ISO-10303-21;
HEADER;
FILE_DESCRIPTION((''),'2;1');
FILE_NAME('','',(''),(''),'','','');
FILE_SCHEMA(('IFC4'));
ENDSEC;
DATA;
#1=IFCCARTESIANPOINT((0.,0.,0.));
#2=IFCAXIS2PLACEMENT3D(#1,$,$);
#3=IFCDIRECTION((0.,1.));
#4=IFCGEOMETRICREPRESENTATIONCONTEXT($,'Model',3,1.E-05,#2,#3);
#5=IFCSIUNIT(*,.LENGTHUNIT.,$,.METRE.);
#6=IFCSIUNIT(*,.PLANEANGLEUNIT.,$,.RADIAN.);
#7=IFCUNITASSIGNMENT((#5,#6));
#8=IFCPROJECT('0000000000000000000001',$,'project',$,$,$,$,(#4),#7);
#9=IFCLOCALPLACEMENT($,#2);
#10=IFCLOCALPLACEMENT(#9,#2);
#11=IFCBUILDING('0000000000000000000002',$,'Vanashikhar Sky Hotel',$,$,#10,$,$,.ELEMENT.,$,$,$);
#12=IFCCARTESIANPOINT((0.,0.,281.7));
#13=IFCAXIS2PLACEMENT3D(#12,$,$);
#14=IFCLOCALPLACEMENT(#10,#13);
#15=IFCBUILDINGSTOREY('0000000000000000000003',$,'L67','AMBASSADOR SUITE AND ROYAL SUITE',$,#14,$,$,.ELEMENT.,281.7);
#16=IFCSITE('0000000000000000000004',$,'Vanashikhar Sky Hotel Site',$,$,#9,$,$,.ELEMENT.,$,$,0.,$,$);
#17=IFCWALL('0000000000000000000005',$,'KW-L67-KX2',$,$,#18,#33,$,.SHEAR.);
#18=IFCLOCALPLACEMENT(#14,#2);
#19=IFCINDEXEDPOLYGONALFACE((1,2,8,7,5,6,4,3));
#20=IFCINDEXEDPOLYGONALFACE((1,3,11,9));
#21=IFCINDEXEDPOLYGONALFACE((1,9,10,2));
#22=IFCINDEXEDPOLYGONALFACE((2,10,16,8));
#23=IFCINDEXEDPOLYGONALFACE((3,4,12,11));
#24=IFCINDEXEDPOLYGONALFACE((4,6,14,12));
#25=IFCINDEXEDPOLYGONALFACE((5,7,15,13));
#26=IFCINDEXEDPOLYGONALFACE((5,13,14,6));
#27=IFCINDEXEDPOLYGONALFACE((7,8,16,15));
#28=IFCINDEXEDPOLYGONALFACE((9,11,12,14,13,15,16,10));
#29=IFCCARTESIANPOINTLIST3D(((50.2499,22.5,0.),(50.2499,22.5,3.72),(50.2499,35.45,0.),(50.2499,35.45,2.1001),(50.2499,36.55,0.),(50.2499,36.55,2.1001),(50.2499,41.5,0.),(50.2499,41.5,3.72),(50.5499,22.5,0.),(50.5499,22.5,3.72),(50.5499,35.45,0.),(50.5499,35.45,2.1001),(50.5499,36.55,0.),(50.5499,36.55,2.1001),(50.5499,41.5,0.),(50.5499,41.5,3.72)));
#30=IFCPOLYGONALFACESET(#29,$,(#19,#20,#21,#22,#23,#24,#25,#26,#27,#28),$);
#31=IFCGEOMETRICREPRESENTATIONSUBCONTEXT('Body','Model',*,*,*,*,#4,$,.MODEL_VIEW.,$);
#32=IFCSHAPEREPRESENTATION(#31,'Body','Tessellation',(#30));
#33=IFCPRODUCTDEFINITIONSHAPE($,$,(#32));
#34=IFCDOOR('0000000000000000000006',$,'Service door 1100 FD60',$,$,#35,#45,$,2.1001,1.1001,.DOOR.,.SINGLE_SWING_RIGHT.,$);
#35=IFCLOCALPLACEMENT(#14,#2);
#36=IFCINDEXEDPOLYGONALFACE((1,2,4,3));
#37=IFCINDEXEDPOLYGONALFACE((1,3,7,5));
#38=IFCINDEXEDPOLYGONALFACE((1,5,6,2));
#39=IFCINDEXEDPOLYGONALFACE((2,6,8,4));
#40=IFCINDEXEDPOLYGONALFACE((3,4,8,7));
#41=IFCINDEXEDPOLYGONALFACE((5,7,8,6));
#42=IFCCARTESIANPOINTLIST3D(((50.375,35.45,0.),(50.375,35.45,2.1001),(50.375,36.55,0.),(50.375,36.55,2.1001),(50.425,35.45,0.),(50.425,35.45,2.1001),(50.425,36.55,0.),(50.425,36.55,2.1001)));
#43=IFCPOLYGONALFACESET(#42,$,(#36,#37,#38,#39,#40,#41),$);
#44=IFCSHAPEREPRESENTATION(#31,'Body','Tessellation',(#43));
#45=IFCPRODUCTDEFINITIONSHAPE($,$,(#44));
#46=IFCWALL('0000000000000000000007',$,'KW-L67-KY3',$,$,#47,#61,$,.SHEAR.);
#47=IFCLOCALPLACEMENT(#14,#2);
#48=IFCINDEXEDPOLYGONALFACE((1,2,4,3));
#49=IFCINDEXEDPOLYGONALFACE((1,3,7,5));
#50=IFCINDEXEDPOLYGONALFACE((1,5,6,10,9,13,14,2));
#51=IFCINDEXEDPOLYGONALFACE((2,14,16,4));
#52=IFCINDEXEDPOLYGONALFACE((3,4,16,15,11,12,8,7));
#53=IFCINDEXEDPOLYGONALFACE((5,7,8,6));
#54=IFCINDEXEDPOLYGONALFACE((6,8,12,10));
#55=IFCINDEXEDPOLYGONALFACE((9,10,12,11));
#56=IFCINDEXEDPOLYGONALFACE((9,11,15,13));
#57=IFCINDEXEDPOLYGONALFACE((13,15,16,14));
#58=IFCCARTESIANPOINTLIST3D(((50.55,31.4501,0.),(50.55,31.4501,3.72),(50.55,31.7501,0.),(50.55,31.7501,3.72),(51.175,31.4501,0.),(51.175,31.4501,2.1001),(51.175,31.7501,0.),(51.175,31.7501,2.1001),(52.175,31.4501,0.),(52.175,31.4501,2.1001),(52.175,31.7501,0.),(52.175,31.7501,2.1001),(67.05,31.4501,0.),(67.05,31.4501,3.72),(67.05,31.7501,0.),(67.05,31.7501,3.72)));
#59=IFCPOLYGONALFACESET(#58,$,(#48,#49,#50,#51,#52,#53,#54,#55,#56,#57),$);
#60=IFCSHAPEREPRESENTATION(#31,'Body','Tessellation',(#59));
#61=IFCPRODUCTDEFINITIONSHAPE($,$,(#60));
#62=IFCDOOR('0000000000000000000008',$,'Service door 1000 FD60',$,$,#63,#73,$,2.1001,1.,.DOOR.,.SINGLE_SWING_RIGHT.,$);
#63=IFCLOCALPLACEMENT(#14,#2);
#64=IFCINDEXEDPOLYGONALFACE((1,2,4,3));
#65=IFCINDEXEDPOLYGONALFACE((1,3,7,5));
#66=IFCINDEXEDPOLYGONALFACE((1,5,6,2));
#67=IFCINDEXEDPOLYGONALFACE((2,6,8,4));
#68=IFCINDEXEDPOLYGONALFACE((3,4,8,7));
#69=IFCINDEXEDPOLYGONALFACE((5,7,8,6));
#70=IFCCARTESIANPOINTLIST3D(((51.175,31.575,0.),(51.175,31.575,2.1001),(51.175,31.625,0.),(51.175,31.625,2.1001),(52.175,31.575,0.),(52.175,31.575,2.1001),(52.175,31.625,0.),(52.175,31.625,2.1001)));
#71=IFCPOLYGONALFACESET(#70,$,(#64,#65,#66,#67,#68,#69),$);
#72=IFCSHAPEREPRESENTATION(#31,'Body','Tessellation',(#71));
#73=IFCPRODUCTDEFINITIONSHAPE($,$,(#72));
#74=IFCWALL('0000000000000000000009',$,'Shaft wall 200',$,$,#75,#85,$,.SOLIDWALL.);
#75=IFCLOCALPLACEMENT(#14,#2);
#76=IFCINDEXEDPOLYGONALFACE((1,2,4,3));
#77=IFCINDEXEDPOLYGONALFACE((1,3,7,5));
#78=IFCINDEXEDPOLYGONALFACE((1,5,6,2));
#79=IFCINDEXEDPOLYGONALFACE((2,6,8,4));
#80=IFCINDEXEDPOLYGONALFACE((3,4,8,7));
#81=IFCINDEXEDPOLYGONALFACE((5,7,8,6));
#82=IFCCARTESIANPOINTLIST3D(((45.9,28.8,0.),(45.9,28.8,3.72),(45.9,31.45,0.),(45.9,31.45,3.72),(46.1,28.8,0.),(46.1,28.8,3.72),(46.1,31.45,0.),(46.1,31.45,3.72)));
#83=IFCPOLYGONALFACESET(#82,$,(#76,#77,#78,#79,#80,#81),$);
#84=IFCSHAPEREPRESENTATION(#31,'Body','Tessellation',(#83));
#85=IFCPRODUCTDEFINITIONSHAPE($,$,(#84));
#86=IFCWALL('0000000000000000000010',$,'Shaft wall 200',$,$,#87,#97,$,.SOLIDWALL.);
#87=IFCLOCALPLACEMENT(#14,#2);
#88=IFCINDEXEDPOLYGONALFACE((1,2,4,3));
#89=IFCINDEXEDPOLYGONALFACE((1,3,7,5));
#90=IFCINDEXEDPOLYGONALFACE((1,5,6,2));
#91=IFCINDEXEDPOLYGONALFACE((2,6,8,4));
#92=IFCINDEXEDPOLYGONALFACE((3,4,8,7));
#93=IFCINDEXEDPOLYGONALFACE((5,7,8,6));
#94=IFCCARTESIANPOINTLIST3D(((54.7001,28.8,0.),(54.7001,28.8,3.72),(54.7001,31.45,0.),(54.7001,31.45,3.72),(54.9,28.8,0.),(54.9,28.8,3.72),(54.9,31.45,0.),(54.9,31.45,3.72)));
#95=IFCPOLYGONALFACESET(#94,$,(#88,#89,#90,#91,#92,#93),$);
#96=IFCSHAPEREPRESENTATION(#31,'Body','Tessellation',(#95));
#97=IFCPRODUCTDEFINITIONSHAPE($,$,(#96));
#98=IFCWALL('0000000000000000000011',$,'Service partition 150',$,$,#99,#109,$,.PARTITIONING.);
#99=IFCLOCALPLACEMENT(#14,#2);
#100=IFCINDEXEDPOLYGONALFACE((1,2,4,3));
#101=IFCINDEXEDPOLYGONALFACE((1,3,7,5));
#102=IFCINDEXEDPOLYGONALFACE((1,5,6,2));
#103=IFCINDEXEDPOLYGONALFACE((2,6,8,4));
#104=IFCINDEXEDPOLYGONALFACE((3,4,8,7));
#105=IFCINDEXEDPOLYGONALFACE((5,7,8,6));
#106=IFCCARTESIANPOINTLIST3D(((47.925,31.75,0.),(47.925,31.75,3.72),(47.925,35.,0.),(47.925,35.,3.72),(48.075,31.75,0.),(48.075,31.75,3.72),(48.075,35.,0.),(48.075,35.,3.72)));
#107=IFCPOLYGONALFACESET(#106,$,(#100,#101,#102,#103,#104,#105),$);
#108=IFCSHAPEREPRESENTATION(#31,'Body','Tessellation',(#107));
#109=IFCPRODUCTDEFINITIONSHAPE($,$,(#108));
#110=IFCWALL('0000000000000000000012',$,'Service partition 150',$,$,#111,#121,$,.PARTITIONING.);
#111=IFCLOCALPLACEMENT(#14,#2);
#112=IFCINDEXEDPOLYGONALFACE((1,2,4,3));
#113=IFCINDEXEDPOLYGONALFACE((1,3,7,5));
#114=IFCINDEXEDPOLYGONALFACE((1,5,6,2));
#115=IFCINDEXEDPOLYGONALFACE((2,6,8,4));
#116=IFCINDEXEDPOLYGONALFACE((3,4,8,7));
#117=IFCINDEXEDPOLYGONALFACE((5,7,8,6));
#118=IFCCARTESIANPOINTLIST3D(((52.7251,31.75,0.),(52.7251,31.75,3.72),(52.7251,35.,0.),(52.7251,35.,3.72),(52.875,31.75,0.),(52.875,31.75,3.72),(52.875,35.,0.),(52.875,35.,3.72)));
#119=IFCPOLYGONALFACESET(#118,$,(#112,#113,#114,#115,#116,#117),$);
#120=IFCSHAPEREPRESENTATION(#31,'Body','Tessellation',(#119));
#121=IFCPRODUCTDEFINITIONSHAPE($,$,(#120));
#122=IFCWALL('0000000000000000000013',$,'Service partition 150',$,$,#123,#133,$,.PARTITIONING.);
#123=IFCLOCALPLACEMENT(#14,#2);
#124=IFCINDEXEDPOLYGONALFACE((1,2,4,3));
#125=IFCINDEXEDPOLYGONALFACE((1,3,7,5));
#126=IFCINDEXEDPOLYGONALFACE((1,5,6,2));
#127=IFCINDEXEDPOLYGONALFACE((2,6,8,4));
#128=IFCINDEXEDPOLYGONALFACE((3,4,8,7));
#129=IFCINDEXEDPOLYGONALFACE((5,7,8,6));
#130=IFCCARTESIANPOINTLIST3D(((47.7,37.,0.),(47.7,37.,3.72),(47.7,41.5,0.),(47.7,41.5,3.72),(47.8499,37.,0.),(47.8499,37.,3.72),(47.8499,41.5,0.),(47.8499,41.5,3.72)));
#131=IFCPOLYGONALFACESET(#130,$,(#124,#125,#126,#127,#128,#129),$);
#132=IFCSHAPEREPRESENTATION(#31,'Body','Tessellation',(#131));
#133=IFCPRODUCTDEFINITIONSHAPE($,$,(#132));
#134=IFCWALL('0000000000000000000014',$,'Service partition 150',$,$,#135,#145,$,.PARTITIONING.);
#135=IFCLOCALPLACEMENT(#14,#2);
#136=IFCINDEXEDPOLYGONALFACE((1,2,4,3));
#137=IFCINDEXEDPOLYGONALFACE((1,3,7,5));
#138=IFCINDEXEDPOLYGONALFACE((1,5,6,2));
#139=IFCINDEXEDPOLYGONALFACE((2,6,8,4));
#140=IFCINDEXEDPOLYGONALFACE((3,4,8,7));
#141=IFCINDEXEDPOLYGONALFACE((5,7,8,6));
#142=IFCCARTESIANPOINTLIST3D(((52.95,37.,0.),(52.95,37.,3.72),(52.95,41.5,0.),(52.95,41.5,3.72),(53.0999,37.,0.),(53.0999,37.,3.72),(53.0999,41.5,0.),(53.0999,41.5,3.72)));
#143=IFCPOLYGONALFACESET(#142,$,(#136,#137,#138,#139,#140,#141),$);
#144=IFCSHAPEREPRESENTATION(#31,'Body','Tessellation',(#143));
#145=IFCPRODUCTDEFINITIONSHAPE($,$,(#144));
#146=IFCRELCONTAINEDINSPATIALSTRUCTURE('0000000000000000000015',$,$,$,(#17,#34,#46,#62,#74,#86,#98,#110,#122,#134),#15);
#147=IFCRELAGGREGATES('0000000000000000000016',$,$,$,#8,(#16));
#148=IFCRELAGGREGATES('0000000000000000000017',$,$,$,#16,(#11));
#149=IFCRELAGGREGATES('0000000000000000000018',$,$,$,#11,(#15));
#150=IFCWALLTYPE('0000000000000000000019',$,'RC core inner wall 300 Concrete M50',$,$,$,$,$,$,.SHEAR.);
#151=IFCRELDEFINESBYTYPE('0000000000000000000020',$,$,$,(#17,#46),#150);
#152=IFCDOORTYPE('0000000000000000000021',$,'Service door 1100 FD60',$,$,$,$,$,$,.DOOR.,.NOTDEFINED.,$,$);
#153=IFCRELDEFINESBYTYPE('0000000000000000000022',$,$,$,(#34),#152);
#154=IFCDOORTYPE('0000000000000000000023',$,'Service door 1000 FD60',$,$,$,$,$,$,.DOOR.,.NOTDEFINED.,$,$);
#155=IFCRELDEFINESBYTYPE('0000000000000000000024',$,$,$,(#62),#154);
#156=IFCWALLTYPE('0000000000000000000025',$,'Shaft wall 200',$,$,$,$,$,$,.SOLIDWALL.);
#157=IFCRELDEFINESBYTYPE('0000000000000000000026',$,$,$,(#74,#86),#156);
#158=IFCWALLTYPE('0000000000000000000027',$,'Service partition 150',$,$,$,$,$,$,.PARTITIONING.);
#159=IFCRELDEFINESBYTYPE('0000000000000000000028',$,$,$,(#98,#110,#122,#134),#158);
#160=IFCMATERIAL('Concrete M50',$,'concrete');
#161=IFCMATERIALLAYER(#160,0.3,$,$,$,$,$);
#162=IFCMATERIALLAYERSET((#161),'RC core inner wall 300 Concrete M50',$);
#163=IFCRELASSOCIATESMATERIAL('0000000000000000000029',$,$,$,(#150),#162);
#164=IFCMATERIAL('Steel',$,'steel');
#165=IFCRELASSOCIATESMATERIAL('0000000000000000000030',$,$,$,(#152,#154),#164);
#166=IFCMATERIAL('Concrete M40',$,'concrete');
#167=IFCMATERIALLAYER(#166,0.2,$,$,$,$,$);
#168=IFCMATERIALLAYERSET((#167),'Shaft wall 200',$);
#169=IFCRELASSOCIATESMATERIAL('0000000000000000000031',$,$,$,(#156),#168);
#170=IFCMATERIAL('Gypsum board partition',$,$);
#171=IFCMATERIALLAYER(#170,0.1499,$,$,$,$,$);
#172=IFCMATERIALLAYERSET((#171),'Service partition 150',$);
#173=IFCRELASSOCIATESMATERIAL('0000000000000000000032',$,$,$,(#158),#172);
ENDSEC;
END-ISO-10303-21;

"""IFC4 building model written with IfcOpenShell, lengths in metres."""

from ifc_helpers import new_model, si_unit, direction, frame, frame_2d, origin, place, context, subcontext, project, spatial, rectangle, extrude, source, transform, mapped, material, layer, layer_set, type_object, element, fill, save


model = new_model("IFC4")

# Units and contexts
model_context = context("Model", 3, precision=1e-05, world=origin(), true_north=direction((0.0, 1.0)))
body_context = subcontext(model_context, "Body", "Model", "MODEL_VIEW")
ifc_project = project(units=[si_unit("LENGTHUNIT", "METRE"), si_unit("PLANEANGLEUNIT", "RADIAN")], contexts=[model_context])

# Site, building, storey
site_placement = place(None, origin())
site = spatial("IfcSite", under=ifc_project, at=site_placement, Name="Vanashikhar Sky Hotel Site", CompositionType="ELEMENT", RefElevation=0.0)
building_placement = place(site_placement, origin())
building = spatial("IfcBuilding", under=site, at=building_placement, Name="Vanashikhar Sky Hotel", CompositionType="ELEMENT")
storey_placement = place(building_placement, frame((0.0, 0.0, 281.7)))
storey = spatial("IfcBuildingStorey", under=building, at=storey_placement, Name="L67", Description="AMBASSADOR SUITE AND ROYAL SUITE", CompositionType="ELEMENT", Elevation=281.7)

# Walls, openings, doors
ifc_material_1 = material(Name="Concrete M50", Category="concrete")
ifc_layer_1 = layer(ifc_material_1, 0.3)
ifc_layer_set_1 = layer_set([ifc_layer_1], Name="RC core inner wall 300 Concrete M50")
wall_type_1 = type_object("IfcWallType", Name="RC core inner wall 300 Concrete M50", PredefinedType="SHEAR", material=ifc_layer_set_1)
shared_shape_1 = source(origin(), body_context, "Body", "SweptSolid", [
    extrude(rectangle(XDim=19.0, YDim=0.3, at=frame_2d((9.5, 0.0))), origin(), (0.0, 0.0, 1.0), 3.72),
])
wall_1_placement = place(storey_placement, frame((50.3999, 22.5, 0.0), z_axis=(0.0, 0.0, 1.0), x_axis=(0.0, 1.0, 0.0)))
wall_1 = element("IfcWall", 1, at=wall_1_placement, inside=storey, type_object=wall_type_1, Name="KW-L67-KX2", PredefinedType="SHEAR", context=body_context, shape_type="MappedRepresentation", body=[
    mapped(shared_shape_1, transform((0.0, 0.0, 0.0), scale=1.0)),
])
shared_shape_2 = source(origin(), body_context, "Body", "SweptSolid", [
    extrude(rectangle(XDim=1.1001, YDim=2.1001, at=frame_2d((0.55, 1.05))), frame((0.0, 0.1602, 0.0), z_axis=(0.0, -1.0, 0.0), x_axis=(1.0, 0.0, 0.0)), (0.0, 0.0, 1.0), 0.3201),
])
opening_1_placement = place(wall_1_placement, frame((12.95, 0.0, 0.0)))
opening_1 = element("IfcOpeningElement", 2, at=opening_1_placement, cuts=wall_1, PredefinedType="OPENING", context=body_context, shape_type="MappedRepresentation", body=[
    mapped(shared_shape_2, transform((0.0, 0.0, 0.0), scale=1.0)),
])
ifc_material_2 = material(Name="Steel", Category="steel")
door_type_1 = type_object("IfcDoorType", Name="Service door 1100 FD60", OperationType="NOTDEFINED", PredefinedType="DOOR", material=ifc_material_2)
shared_shape_3 = source(origin(), body_context, "Body", "SweptSolid", [
    extrude(rectangle(XDim=1.1001, YDim=2.1001, at=frame_2d((0.55, 1.05))), frame((0.0, 0.0249, 0.0), z_axis=(0.0, -1.0, 0.0), x_axis=(1.0, 0.0, 0.0)), (0.0, 0.0, 1.0), 0.05),
])
door_1_placement = place(opening_1_placement, origin())
door_1 = element("IfcDoor", 3, at=door_1_placement, inside=storey, type_object=door_type_1, Name="Service door 1100 FD60", OperationType="SINGLE_SWING_RIGHT", OverallHeight=2.1001, OverallWidth=1.1001, PredefinedType="DOOR", context=body_context, shape_type="MappedRepresentation", body=[
    mapped(shared_shape_3, transform((0.0, 0.0, 0.0), scale=1.0)),
])
fill(opening_1, door_1)
shared_shape_4 = source(origin(), body_context, "Body", "SweptSolid", [
    extrude(rectangle(XDim=16.5, YDim=0.3, at=frame_2d((8.25, 0.0))), origin(), (0.0, 0.0, 1.0), 3.72),
])
wall_2_placement = place(storey_placement, frame((50.55, 31.6001, 0.0), z_axis=(0.0, 0.0, 1.0), x_axis=(1.0, 0.0, 0.0)))
wall_2 = element("IfcWall", 4, at=wall_2_placement, inside=storey, type_object=wall_type_1, Name="KW-L67-KY3", PredefinedType="SHEAR", context=body_context, shape_type="MappedRepresentation", body=[
    mapped(shared_shape_4, transform((0.0, 0.0, 0.0), scale=1.0)),
])
shared_shape_5 = source(origin(), body_context, "Body", "SweptSolid", [
    extrude(rectangle(XDim=1.0, YDim=2.1001, at=frame_2d((0.5, 1.05))), frame((0.0, 0.1602, 0.0), z_axis=(0.0, -1.0, 0.0), x_axis=(1.0, 0.0, 0.0)), (0.0, 0.0, 1.0), 0.3201),
])
opening_2_placement = place(wall_2_placement, frame((0.625, 0.0, 0.0)))
opening_2 = element("IfcOpeningElement", 5, at=opening_2_placement, cuts=wall_2, PredefinedType="OPENING", context=body_context, shape_type="MappedRepresentation", body=[
    mapped(shared_shape_5, transform((0.0, 0.0, 0.0), scale=1.0)),
])
door_type_2 = type_object("IfcDoorType", Name="Service door 1000 FD60", OperationType="NOTDEFINED", PredefinedType="DOOR", material=ifc_material_2)
shared_shape_6 = source(origin(), body_context, "Body", "SweptSolid", [
    extrude(rectangle(XDim=1.0, YDim=2.1001, at=frame_2d((0.5, 1.05))), frame((0.0, 0.0249, 0.0), z_axis=(0.0, -1.0, 0.0), x_axis=(1.0, 0.0, 0.0)), (0.0, 0.0, 1.0), 0.05),
])
door_2_placement = place(opening_2_placement, origin())
door_2 = element("IfcDoor", 6, at=door_2_placement, inside=storey, type_object=door_type_2, Name="Service door 1000 FD60", OperationType="SINGLE_SWING_RIGHT", OverallHeight=2.1001, OverallWidth=1.0, PredefinedType="DOOR", context=body_context, shape_type="MappedRepresentation", body=[
    mapped(shared_shape_6, transform((0.0, 0.0, 0.0), scale=1.0)),
])
fill(opening_2, door_2)

# Walls
ifc_material_3 = material(Name="Concrete M40", Category="concrete")
ifc_layer_2 = layer(ifc_material_3, 0.2)
ifc_layer_set_2 = layer_set([ifc_layer_2], Name="Shaft wall 200")
wall_type_2 = type_object("IfcWallType", Name="Shaft wall 200", PredefinedType="SOLIDWALL", material=ifc_layer_set_2)
shared_shape_7 = source(origin(), body_context, "Body", "SweptSolid", [
    extrude(rectangle(XDim=2.6499, YDim=0.2, at=frame_2d((1.325, 0.0))), origin(), (0.0, 0.0, 1.0), 3.72),
])
for number, where, z_axis, x_axis, name in (
    (7, (46.0, 28.8, 0.0), (0.0, 0.0, 1.0), (0.0, 1.0, 0.0), "Shaft wall 200"),
    (8, (54.8, 28.8, 0.0), (0.0, 0.0, 1.0), (0.0, 1.0, 0.0), "Shaft wall 200"),
):
    element("IfcWall", number, at=place(storey_placement, frame(where, z_axis=z_axis, x_axis=x_axis)), inside=storey, type_object=wall_type_2, Name=name, PredefinedType="SOLIDWALL", context=body_context, shape_type="MappedRepresentation", body=[
        mapped(shared_shape_7, transform((0.0, 0.0, 0.0), scale=1.0)),
    ])
ifc_material_4 = material(Name="Gypsum board partition")
ifc_layer_3 = layer(ifc_material_4, 0.1499)
ifc_layer_set_3 = layer_set([ifc_layer_3], Name="Service partition 150")
wall_type_3 = type_object("IfcWallType", Name="Service partition 150", PredefinedType="PARTITIONING", material=ifc_layer_set_3)
shared_shape_8 = source(origin(), body_context, "Body", "SweptSolid", [
    extrude(rectangle(XDim=3.25, YDim=0.1499, at=frame_2d((1.625, 0.0))), origin(), (0.0, 0.0, 1.0), 3.72),
])
for number, where, z_axis, x_axis, name in (
    (9, (48.0, 31.75, 0.0), (0.0, 0.0, 1.0), (0.0, 1.0, 0.0), "Service partition 150"),
    (10, (52.8, 31.75, 0.0), (0.0, 0.0, 1.0), (0.0, 1.0, 0.0), "Service partition 150"),
):
    element("IfcWall", number, at=place(storey_placement, frame(where, z_axis=z_axis, x_axis=x_axis)), inside=storey, type_object=wall_type_3, Name=name, PredefinedType="PARTITIONING", context=body_context, shape_type="MappedRepresentation", body=[
        mapped(shared_shape_8, transform((0.0, 0.0, 0.0), scale=1.0)),
    ])
shared_shape_9 = source(origin(), body_context, "Body", "SweptSolid", [
    extrude(rectangle(XDim=4.5, YDim=0.1499, at=frame_2d((2.25, 0.0))), origin(), (0.0, 0.0, 1.0), 3.72),
])
for number, where, z_axis, x_axis, name in (
    (11, (47.7749, 37.0, 0.0), (0.0, 0.0, 1.0), (0.0, 1.0, 0.0), "Service partition 150"),
    (12, (53.0249, 37.0, 0.0), (0.0, 0.0, 1.0), (0.0, 1.0, 0.0), "Service partition 150"),
):
    element("IfcWall", number, at=place(storey_placement, frame(where, z_axis=z_axis, x_axis=x_axis)), inside=storey, type_object=wall_type_3, Name=name, PredefinedType="PARTITIONING", context=body_context, shape_type="MappedRepresentation", body=[
        mapped(shared_shape_9, transform((0.0, 0.0, 0.0), scale=1.0)),
    ])

save(model, "model.ifc")
